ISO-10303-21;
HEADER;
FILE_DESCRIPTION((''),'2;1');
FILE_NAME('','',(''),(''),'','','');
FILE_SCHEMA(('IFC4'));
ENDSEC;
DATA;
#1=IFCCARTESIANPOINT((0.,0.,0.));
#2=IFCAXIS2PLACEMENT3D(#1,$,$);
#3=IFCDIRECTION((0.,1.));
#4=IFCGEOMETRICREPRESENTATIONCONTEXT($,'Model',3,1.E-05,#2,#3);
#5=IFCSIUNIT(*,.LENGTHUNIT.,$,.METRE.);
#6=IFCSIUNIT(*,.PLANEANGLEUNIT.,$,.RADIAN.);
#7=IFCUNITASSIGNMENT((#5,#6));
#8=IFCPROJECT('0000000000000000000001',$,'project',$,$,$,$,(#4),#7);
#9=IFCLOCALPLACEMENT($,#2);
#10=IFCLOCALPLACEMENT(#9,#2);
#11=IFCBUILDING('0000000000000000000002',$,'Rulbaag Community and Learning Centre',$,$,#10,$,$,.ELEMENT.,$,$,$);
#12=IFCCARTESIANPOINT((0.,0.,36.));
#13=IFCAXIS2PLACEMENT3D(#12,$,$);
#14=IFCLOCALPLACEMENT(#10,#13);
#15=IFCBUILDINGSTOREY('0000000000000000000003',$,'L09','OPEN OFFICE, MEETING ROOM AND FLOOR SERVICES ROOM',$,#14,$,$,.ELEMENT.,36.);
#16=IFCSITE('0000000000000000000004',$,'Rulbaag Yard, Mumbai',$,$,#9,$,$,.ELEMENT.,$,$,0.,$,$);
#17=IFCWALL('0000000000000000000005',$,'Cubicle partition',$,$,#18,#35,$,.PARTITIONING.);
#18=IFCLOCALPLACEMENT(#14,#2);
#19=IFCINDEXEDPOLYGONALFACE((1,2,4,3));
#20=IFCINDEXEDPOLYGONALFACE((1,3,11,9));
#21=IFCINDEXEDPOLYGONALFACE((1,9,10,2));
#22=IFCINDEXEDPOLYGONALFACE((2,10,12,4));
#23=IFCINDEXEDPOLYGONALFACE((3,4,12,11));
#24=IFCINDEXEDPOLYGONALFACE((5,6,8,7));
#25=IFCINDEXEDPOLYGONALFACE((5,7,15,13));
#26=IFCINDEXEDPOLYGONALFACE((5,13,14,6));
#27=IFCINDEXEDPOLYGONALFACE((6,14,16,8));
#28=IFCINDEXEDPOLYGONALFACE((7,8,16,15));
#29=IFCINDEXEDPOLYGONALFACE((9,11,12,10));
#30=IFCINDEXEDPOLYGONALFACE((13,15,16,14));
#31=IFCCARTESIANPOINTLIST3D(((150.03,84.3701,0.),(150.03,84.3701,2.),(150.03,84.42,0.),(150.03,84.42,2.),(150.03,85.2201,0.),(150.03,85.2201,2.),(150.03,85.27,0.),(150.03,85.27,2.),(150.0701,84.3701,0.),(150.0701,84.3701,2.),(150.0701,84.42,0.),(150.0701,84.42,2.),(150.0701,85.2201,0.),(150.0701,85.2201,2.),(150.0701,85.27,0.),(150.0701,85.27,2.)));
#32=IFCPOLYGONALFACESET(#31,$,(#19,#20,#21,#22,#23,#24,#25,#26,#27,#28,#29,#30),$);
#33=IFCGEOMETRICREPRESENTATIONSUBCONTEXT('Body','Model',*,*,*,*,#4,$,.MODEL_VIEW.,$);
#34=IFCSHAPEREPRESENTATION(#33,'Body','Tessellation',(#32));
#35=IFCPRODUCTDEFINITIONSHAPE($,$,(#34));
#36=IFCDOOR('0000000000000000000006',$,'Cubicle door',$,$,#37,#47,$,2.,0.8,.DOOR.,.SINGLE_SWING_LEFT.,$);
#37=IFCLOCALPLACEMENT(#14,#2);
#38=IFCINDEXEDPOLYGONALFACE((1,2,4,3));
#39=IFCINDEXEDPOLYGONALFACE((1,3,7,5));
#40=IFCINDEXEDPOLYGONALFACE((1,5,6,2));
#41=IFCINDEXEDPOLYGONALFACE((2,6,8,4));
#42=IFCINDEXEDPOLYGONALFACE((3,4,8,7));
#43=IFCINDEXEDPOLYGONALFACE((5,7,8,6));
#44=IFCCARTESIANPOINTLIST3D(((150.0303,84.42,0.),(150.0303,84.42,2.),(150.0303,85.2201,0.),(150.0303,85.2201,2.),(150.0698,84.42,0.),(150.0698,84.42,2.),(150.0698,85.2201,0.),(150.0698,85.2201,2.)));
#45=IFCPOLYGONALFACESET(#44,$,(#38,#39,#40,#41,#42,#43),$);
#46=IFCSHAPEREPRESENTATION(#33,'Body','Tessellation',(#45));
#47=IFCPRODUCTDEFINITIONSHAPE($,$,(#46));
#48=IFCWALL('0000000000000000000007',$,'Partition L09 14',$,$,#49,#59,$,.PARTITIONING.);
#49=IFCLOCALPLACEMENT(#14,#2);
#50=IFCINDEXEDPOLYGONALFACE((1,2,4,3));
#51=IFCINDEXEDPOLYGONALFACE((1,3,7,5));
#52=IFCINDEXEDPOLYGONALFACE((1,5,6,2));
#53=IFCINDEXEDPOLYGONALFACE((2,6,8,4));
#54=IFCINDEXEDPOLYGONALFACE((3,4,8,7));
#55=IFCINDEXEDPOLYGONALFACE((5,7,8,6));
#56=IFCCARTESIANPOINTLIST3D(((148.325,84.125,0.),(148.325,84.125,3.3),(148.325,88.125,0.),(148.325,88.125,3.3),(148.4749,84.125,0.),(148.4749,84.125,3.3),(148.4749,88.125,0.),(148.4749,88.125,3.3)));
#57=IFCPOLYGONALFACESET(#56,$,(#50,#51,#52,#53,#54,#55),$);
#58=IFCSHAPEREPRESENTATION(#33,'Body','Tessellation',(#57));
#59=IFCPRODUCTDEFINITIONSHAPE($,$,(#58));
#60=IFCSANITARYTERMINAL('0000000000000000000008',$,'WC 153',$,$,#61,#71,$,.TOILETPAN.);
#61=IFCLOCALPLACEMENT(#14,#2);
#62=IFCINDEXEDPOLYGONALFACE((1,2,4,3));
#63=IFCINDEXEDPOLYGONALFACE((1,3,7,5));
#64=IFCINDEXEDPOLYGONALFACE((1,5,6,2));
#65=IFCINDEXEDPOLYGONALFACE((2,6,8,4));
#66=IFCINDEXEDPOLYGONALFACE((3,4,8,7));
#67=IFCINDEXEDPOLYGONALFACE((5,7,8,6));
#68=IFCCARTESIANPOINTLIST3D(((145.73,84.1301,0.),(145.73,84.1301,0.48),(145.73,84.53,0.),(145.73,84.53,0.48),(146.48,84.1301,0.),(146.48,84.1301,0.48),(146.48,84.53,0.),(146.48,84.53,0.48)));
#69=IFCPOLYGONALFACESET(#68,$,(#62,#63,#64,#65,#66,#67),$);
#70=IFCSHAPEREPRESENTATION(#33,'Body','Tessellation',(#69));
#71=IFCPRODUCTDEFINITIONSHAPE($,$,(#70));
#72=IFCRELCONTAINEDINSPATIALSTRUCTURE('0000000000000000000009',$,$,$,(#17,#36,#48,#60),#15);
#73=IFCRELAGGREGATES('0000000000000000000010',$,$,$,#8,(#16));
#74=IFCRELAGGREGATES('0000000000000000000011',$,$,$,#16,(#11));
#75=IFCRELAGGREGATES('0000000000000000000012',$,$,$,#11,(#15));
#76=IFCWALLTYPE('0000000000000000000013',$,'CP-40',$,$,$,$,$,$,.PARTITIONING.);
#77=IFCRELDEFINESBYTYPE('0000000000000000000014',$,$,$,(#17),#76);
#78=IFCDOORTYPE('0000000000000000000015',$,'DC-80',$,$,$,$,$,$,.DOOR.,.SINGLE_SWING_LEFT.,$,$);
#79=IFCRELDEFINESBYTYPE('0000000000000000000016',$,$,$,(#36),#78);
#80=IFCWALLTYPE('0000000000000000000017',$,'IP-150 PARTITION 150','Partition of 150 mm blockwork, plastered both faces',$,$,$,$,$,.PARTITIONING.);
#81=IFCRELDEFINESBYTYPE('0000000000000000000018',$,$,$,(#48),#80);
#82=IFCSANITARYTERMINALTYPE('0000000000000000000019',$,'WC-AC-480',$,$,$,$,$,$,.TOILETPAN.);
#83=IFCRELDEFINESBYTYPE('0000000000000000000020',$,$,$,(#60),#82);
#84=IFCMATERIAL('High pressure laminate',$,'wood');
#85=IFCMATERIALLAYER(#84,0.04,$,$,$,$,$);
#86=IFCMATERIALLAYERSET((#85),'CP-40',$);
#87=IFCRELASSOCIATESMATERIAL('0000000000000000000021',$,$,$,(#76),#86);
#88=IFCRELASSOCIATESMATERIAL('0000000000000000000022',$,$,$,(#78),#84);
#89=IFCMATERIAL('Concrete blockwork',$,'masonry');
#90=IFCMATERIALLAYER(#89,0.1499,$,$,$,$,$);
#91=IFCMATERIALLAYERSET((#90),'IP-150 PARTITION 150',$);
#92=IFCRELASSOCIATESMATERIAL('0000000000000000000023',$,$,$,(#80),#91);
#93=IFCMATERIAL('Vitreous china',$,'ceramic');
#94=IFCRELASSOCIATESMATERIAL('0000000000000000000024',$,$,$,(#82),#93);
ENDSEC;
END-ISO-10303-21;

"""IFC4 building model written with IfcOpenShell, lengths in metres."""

from ifc_helpers import new_model, si_unit, direction, frame, frame_2d, origin, origin_2d, place, context, subcontext, project, spatial, rectangle, extrude, material, layer, layer_set, type_object, element, fill, save


model = new_model("IFC4")

# Units and contexts
model_context = context("Model", 3, precision=1e-05, world=origin(), true_north=direction((0.0, 1.0)))
body_context = subcontext(model_context, "Body", "Model", "MODEL_VIEW")
ifc_project = project(units=[si_unit("LENGTHUNIT", "METRE"), si_unit("PLANEANGLEUNIT", "RADIAN")], contexts=[model_context])

# Site, building, storey
site_placement = place(None, origin())
site = spatial("IfcSite", under=ifc_project, at=site_placement, Name="Rulbaag Yard, Mumbai", CompositionType="ELEMENT", RefElevation=0.0)
building_placement = place(site_placement, origin())
building = spatial("IfcBuilding", under=site, at=building_placement, Name="Rulbaag Community and Learning Centre", CompositionType="ELEMENT")
storey_placement = place(building_placement, frame((0.0, 0.0, 36.0)))
storey = spatial("IfcBuildingStorey", under=building, at=storey_placement, Name="L09", Description="OPEN OFFICE, MEETING ROOM AND FLOOR SERVICES ROOM", CompositionType="ELEMENT", Elevation=36.0)

# Shared definitions
ifc_material_1 = material(Name="High pressure laminate", Category="wood")
ifc_layer_1 = layer(ifc_material_1, 0.04)
ifc_layer_set_1 = layer_set([ifc_layer_1], Name="CP-40")
wall_type_1 = type_object("IfcWallType", Name="CP-40", PredefinedType="PARTITIONING", material=ifc_layer_set_1)

# Wall, opening, door
wall_1_placement = place(storey_placement, frame((150.05, 84.3701, 0.0), z_axis=(0.0, 0.0, 1.0), x_axis=(0.0, 1.0, 0.0)))
wall_1 = element("IfcWall", 1, at=wall_1_placement, inside=storey, type_object=wall_type_1, Name="Cubicle partition", PredefinedType="PARTITIONING", context=body_context, shape_type="SweptSolid", body=[
    extrude(rectangle(XDim=0.8999, YDim=0.04, at=frame_2d((0.45, 0.0))), origin(), (0.0, 0.0, 1.0), 2.0),
])
opening_placement = place(wall_1_placement, frame((0.05, 0.0, 0.0)))
opening = element("IfcOpeningElement", 2, at=opening_placement, cuts=wall_1, PredefinedType="OPENING", context=body_context, shape_type="SweptSolid", body=[
    extrude(rectangle(XDim=0.8, YDim=2.0, at=frame_2d((0.3999, 1.0))), frame((0.0, 0.03, 0.0), z_axis=(0.0, -1.0, 0.0), x_axis=(1.0, 0.0, 0.0)), (0.0, 0.0, 1.0), 0.0601),
])
door_type = type_object("IfcDoorType", Name="DC-80", OperationType="SINGLE_SWING_LEFT", PredefinedType="DOOR", material=ifc_material_1)
door_placement = place(opening_placement, origin())
door = element("IfcDoor", 3, at=door_placement, inside=storey, type_object=door_type, Name="Cubicle door", OperationType="SINGLE_SWING_LEFT", OverallHeight=2.0, OverallWidth=0.8, PredefinedType="DOOR", context=body_context, shape_type="SweptSolid", body=[
    extrude(rectangle(XDim=0.8, YDim=2.0, at=frame_2d((0.3999, 1.0))), frame((0.0, 0.0198, 0.0), z_axis=(0.0, -1.0, 0.0), x_axis=(1.0, 0.0, 0.0)), (0.0, 0.0, 1.0), 0.0396),
])
fill(opening, door)

# Wall
ifc_material_2 = material(Name="Concrete blockwork", Category="masonry")
ifc_layer_2 = layer(ifc_material_2, 0.1499)
ifc_layer_set_2 = layer_set([ifc_layer_2], Name="IP-150 PARTITION 150")
wall_type_2 = type_object("IfcWallType", Name="IP-150 PARTITION 150", Description="Partition of 150 mm blockwork, plastered both faces", PredefinedType="PARTITIONING", material=ifc_layer_set_2)
wall_2_placement = place(storey_placement, frame((148.3999, 84.125, 0.0), z_axis=(0.0, 0.0, 1.0), x_axis=(0.0, 1.0, 0.0)))
element("IfcWall", 4, at=wall_2_placement, inside=storey, type_object=wall_type_2, Name="Partition L09 14", PredefinedType="PARTITIONING", context=body_context, shape_type="SweptSolid", body=[
    extrude(rectangle(XDim=4.0, YDim=0.1499, at=frame_2d((2.0, 0.0))), origin(), (0.0, 0.0, 1.0), 3.3),
])

# Sanitary terminal
ifc_material_3 = material(Name="Vitreous china", Category="ceramic")
sanitary_terminal_type = type_object("IfcSanitaryTerminalType", Name="WC-AC-480", PredefinedType="TOILETPAN", material=ifc_material_3)
sanitary_terminal_placement = place(storey_placement, frame((146.105, 84.3301, 0.0), z_axis=(0.0, 0.0, 1.0), x_axis=(1.0, 0.0, 0.0)))
element("IfcSanitaryTerminal", 5, at=sanitary_terminal_placement, inside=storey, type_object=sanitary_terminal_type, Name="WC 153", PredefinedType="TOILETPAN", context=body_context, shape_type="SweptSolid", body=[
    extrude(rectangle(XDim=0.75, YDim=0.3999, at=origin_2d()), origin(), (0.0, 0.0, 1.0), 0.48),
])

save(model, "model.ifc")
